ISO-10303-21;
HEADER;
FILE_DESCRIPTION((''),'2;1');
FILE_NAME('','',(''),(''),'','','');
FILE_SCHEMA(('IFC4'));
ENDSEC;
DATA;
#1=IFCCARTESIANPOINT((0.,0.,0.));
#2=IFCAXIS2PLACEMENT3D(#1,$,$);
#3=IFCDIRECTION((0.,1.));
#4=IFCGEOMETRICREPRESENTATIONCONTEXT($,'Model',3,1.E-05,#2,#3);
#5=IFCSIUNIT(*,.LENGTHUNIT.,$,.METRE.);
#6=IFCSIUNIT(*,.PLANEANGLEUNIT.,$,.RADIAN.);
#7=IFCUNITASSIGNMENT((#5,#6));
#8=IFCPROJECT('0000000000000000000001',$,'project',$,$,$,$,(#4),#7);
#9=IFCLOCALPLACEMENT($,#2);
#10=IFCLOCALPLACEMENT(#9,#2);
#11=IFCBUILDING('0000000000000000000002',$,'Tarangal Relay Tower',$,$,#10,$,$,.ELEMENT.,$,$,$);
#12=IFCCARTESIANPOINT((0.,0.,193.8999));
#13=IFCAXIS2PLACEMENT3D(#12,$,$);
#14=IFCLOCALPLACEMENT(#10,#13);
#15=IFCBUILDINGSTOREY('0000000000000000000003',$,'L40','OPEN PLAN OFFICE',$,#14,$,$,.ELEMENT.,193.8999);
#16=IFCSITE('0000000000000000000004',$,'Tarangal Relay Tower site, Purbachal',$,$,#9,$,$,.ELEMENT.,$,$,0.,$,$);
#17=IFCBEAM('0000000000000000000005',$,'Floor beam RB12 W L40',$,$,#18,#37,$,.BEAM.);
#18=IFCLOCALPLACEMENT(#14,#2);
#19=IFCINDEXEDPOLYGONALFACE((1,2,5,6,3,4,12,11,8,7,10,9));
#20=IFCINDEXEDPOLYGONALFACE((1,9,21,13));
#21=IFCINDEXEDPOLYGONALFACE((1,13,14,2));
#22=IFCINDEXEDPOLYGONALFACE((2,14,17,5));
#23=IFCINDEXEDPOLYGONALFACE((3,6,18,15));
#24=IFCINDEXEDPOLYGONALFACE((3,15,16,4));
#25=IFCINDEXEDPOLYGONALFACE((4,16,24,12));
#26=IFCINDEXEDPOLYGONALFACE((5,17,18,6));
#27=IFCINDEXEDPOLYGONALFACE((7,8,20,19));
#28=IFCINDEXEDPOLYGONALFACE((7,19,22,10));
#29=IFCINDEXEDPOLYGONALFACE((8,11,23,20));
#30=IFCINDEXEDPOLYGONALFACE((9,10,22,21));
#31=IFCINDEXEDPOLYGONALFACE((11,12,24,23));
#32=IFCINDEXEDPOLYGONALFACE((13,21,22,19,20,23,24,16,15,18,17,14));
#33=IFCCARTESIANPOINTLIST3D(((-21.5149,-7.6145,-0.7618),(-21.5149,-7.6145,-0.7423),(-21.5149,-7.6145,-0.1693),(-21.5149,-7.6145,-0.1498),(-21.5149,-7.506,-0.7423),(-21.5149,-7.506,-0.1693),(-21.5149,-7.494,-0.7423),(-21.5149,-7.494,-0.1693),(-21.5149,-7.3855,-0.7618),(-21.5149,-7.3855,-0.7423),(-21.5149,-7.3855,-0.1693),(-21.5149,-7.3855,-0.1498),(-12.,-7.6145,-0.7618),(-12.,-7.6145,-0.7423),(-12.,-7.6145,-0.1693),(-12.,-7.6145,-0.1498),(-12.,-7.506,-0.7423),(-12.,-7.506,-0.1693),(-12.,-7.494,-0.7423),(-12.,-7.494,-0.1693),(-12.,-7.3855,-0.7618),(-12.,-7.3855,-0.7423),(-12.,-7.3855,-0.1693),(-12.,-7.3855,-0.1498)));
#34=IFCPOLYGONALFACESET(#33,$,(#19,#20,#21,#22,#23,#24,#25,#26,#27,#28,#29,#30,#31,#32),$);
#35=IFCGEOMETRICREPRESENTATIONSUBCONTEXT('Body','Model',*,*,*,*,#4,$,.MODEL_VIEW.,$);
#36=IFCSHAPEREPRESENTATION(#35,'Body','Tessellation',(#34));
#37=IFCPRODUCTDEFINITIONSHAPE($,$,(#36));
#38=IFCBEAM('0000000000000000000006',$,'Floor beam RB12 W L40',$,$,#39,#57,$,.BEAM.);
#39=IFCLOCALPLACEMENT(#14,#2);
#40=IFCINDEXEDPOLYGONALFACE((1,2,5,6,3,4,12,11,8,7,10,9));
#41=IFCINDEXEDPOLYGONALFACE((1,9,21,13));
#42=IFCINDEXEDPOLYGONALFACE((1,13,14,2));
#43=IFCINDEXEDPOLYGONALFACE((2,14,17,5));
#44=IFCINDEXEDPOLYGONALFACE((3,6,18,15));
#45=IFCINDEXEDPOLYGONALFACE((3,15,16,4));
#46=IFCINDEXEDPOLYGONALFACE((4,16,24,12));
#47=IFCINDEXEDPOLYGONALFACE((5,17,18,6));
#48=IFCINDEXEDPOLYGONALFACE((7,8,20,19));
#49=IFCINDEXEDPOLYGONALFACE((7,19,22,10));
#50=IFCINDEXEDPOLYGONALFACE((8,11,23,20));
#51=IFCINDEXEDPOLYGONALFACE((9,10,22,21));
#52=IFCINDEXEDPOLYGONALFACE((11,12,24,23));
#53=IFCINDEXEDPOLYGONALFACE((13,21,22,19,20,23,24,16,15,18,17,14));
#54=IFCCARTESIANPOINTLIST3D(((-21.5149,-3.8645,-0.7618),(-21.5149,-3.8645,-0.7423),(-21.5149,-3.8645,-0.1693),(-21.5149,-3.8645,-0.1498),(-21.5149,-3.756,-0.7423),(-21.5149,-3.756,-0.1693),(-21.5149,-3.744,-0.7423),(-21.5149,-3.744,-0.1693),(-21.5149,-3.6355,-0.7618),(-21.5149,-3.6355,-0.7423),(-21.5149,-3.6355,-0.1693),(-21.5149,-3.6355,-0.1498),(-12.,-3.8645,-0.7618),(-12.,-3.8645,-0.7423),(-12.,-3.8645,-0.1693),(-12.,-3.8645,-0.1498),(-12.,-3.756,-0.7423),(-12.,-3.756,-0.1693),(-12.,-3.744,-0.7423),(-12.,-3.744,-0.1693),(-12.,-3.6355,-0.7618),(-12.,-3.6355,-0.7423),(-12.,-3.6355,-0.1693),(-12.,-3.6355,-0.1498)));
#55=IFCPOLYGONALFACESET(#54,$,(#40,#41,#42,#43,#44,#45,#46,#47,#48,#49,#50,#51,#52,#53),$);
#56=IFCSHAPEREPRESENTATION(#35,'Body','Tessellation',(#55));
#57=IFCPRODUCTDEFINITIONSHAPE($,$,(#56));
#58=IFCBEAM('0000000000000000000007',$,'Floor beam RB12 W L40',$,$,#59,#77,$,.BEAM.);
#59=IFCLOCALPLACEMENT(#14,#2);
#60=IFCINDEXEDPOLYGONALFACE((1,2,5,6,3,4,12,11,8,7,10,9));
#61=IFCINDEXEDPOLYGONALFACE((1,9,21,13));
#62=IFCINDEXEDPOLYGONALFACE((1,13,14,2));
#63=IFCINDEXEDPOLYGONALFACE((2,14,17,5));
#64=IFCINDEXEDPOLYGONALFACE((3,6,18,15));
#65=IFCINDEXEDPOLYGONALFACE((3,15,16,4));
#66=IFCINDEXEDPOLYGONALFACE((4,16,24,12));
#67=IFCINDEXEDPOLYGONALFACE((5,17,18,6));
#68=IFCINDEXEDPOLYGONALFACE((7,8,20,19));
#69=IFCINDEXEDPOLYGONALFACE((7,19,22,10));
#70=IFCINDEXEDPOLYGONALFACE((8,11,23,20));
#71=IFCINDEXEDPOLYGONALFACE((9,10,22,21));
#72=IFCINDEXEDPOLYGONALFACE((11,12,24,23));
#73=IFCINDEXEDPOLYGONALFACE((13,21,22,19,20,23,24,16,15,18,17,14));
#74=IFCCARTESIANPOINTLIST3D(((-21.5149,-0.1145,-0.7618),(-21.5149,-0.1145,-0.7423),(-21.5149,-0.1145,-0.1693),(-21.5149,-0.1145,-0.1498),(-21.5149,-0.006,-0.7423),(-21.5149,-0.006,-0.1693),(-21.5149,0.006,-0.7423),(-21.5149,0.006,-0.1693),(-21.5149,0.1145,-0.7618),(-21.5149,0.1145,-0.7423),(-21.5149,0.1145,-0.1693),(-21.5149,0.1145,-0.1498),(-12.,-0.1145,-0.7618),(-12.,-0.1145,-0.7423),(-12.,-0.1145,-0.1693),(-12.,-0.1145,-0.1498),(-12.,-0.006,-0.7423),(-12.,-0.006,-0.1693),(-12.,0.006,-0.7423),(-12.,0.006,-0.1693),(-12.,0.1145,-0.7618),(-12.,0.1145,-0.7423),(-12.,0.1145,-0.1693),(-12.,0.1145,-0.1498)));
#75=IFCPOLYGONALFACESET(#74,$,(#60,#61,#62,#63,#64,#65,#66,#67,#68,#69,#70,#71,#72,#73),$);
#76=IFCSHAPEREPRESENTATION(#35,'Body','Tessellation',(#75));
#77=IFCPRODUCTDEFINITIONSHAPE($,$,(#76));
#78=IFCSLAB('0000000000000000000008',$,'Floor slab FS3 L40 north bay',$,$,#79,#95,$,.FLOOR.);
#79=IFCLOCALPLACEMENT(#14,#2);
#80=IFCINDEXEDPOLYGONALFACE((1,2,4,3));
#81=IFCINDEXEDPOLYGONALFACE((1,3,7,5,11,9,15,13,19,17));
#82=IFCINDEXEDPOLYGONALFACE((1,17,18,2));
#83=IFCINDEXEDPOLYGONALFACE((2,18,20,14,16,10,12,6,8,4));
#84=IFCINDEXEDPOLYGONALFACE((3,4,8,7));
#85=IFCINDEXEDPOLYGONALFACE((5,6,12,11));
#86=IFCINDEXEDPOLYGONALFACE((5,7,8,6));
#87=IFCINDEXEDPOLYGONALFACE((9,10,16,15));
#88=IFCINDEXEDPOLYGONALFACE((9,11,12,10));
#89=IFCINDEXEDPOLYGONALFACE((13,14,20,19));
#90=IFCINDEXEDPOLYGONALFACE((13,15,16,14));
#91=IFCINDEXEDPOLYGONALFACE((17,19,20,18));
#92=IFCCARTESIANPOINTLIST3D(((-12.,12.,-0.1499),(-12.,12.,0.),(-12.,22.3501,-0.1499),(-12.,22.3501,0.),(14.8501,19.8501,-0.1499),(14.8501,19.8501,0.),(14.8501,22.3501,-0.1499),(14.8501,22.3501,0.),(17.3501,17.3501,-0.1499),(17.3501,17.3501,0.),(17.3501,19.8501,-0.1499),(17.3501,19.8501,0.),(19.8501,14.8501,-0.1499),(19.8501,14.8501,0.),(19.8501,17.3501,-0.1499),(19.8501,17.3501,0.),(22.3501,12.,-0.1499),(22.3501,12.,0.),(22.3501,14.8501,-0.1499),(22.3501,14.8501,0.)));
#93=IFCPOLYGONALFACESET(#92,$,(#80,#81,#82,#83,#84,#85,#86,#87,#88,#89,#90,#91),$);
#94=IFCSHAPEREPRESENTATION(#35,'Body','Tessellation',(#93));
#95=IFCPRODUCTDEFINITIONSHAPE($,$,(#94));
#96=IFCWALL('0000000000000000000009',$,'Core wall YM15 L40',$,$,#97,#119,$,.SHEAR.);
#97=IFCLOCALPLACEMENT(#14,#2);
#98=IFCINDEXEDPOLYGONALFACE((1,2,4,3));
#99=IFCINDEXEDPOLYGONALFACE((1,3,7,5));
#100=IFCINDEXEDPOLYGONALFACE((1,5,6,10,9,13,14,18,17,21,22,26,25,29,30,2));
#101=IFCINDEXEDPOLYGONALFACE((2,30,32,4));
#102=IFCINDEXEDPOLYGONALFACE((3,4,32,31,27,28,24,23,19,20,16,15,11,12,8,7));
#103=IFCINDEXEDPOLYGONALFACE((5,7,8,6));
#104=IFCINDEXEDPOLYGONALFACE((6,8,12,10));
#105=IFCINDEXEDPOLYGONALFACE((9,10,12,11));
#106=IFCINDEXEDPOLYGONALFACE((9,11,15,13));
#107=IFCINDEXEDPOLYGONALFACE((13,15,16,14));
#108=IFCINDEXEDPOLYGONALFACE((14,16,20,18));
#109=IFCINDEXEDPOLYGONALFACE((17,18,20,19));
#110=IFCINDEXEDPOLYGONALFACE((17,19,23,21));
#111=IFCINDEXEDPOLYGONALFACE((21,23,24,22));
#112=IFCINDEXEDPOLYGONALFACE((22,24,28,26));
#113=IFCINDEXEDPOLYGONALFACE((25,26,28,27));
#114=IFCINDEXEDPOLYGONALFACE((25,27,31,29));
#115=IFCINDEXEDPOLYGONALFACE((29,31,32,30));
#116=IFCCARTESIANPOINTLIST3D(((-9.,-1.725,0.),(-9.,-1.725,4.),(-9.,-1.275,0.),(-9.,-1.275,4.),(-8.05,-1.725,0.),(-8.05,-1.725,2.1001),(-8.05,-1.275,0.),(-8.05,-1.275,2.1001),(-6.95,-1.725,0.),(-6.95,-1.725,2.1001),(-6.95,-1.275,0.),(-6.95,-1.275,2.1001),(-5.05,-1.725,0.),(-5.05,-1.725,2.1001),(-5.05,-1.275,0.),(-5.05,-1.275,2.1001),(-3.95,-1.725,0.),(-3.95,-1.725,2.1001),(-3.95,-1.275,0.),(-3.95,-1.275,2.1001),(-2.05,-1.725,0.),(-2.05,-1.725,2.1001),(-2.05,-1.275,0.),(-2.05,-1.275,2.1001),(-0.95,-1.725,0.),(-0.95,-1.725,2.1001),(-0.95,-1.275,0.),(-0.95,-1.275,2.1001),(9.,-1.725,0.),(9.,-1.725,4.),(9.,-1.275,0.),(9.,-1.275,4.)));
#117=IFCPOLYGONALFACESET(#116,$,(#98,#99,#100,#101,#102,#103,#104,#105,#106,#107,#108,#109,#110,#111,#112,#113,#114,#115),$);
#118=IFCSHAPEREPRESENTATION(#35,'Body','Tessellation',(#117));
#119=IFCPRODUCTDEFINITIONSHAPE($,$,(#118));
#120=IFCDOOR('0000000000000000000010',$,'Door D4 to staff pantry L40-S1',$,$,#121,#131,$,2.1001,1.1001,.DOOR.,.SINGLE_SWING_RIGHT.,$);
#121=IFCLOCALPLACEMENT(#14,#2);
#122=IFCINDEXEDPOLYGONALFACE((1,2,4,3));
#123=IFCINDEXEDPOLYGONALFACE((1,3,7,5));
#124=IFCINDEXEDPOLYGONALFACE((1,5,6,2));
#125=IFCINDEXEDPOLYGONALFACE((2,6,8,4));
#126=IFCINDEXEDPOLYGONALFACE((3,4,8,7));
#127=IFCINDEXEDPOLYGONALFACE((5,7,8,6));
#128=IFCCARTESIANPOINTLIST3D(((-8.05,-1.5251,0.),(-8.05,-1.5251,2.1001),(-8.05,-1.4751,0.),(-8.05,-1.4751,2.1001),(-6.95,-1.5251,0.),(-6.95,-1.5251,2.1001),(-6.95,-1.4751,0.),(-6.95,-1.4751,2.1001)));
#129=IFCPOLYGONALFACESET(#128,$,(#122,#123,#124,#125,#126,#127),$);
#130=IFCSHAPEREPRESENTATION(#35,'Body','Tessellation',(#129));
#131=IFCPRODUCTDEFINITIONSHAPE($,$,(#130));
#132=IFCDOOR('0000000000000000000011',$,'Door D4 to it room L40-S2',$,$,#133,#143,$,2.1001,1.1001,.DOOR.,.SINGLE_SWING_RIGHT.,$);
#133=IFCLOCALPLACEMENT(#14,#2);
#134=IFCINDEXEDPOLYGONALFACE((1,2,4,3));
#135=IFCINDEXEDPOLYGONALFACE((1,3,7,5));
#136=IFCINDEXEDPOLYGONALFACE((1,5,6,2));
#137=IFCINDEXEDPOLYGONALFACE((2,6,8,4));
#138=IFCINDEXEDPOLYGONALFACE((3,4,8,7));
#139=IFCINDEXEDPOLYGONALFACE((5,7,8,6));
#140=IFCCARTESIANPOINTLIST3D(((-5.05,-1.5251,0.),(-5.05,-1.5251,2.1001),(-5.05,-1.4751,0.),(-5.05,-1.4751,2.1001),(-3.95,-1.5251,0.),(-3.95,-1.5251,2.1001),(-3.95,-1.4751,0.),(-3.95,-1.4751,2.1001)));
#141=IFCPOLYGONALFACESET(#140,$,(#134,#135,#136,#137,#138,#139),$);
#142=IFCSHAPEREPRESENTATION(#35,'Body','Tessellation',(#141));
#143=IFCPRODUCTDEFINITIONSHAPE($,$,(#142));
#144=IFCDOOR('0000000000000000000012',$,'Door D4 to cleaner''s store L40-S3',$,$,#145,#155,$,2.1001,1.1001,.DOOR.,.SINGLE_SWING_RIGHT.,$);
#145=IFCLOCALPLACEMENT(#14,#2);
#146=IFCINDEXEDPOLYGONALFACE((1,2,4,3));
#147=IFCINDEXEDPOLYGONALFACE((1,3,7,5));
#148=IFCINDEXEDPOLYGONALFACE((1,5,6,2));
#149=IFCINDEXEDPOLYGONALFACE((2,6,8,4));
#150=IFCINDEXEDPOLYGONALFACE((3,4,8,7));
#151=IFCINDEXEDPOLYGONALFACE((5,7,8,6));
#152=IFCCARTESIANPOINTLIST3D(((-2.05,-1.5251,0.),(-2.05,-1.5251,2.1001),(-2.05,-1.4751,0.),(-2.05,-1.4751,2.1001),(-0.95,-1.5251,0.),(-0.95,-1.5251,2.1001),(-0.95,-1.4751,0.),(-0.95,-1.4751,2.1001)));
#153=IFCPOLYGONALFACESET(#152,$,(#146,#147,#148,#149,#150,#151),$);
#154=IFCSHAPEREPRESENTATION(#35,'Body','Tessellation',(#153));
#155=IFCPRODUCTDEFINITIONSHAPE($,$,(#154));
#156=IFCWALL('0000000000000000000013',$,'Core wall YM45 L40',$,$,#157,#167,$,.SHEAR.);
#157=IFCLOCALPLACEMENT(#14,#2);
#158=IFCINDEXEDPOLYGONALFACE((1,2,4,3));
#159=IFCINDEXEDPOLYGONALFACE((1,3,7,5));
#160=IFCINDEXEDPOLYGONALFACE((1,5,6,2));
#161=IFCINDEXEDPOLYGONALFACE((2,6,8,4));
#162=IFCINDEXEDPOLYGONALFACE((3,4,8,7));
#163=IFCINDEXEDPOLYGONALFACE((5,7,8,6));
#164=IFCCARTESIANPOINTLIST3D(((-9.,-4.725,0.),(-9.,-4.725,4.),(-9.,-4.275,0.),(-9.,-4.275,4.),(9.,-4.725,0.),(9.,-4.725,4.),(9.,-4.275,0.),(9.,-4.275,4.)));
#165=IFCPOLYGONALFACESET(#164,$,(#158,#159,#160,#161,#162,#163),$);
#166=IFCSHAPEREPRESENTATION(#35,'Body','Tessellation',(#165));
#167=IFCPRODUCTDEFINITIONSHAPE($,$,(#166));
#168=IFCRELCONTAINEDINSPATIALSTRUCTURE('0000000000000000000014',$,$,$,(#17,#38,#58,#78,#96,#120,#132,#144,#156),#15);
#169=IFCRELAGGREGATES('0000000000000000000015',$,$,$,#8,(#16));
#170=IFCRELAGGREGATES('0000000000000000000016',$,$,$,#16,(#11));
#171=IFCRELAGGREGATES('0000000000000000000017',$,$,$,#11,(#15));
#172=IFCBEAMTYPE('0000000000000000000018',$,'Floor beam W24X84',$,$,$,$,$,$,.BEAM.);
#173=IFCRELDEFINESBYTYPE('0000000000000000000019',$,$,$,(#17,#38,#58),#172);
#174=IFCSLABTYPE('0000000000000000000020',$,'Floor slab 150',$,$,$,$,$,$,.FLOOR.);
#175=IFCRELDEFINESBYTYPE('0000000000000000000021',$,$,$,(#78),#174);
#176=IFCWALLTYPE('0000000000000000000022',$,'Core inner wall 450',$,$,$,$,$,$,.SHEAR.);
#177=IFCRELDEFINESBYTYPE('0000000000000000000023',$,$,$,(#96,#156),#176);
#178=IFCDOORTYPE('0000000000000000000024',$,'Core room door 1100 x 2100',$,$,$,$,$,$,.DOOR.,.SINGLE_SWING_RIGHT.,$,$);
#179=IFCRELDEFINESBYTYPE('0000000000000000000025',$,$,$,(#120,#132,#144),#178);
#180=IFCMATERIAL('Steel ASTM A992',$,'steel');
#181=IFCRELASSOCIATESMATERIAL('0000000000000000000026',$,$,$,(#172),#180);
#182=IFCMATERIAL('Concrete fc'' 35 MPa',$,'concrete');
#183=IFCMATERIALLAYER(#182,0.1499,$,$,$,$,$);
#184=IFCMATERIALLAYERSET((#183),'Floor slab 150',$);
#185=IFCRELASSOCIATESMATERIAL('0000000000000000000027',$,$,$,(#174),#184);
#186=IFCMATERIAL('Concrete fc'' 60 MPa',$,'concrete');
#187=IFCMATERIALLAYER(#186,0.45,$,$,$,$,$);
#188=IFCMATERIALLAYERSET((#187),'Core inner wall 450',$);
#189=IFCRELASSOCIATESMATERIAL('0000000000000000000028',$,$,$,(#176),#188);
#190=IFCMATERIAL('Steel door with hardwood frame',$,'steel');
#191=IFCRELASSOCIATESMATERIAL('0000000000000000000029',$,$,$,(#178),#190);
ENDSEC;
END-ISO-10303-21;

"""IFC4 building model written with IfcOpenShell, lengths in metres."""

from ifc_helpers import new_model, si_unit, direction, frame, frame_2d, origin, origin_2d, place, context, subcontext, project, spatial, polyline, rectangle, i_section, outline, extrude, material, layer, layer_set, material_profile, profile_set, type_object, element, fill, save


model = new_model("IFC4")

# Units and contexts
model_context = context("Model", 3, precision=1e-05, world=origin(), true_north=direction((0.0, 1.0)))
body_context = subcontext(model_context, "Body", "Model", "MODEL_VIEW")
ifc_project = project(units=[si_unit("LENGTHUNIT", "METRE"), si_unit("PLANEANGLEUNIT", "RADIAN")], contexts=[model_context])

# Site, building, storey
site_placement = place(None, origin())
site = spatial("IfcSite", under=ifc_project, at=site_placement, Name="Tarangal Relay Tower site, Purbachal", CompositionType="ELEMENT", RefElevation=0.0)
building_placement = place(site_placement, origin())
building = spatial("IfcBuilding", under=site, at=building_placement, Name="Tarangal Relay Tower", CompositionType="ELEMENT")
storey_placement = place(building_placement, frame((0.0, 0.0, 193.8999)))
storey = spatial("IfcBuildingStorey", under=building, at=storey_placement, Name="L40", Description="OPEN PLAN OFFICE", CompositionType="ELEMENT", Elevation=193.8999)

# Beams
ifc_material_1 = material(Name="Steel ASTM A992", Category="steel")
ifc_material_profile = material_profile(ifc_material_1, i_section(OverallWidth=0.229, OverallDepth=0.6121, WebThickness=0.012, FlangeThickness=0.0195, at=origin_2d()), Name="W24X84")
ifc_profile_set = profile_set([ifc_material_profile], Name="Steel ASTM A992")
beam_type = type_object("IfcBeamType", Name="Floor beam W24X84", PredefinedType="BEAM", material=ifc_profile_set)
for number, where, z_axis, x_axis, name in (
    (1, (-12.0, -7.5, -0.4558), (-1.0, 0.0, 0.0), (0.0, -1.0, 0.0), "Floor beam RB12 W L40"),
    (2, (-12.0, -3.75, -0.4558), (-1.0, 0.0, 0.0), (0.0, -1.0, 0.0), "Floor beam RB12 W L40"),
    (3, (-12.0, 0.0, -0.4558), (-1.0, 0.0, 0.0), (0.0, -1.0, 0.0), "Floor beam RB12 W L40"),
):
    element("IfcBeam", number, at=place(storey_placement, frame(where, z_axis=z_axis, x_axis=x_axis)), inside=storey, type_object=beam_type, Name=name, PredefinedType="BEAM", context=body_context, shape_type="SweptSolid", body=[
        extrude(i_section(OverallWidth=0.229, OverallDepth=0.6121, WebThickness=0.012, FlangeThickness=0.0195, at=origin_2d()), origin(), (0.0, 0.0, 1.0), 9.5149),
    ])

# Slab
ifc_material_2 = material(Name="Concrete fc' 35 MPa", Category="concrete")
ifc_layer_1 = layer(ifc_material_2, 0.1499)
ifc_layer_set_1 = layer_set([ifc_layer_1], Name="Floor slab 150")
slab_type = type_object("IfcSlabType", Name="Floor slab 150", PredefinedType="FLOOR", material=ifc_layer_set_1)
slab_placement = place(storey_placement, frame((0.0, 0.0, -0.1499)))
element("IfcSlab", 4, at=slab_placement, inside=storey, type_object=slab_type, Name="Floor slab FS3 L40 north bay", PredefinedType="FLOOR", context=body_context, shape_type="SweptSolid", body=[
    extrude(outline(polyline([(14.8501, 22.3501), (14.8501, 19.8501), (17.3501, 19.8501), (17.3501, 17.3501), (19.8501, 17.3501), (19.8501, 14.8501), (22.3501, 14.8501), (22.3501, 12.0), (-12.0, 12.0), (-12.0, 22.3501), (14.8501, 22.3501)])), origin(), (0.0, 0.0, 1.0), 0.1499),
])

# Wall, openings, doors
ifc_material_3 = material(Name="Concrete fc' 60 MPa", Category="concrete")
ifc_layer_2 = layer(ifc_material_3, 0.45)
ifc_layer_set_2 = layer_set([ifc_layer_2], Name="Core inner wall 450")
wall_type_1 = type_object("IfcWallType", Name="Core inner wall 450", PredefinedType="SHEAR", material=ifc_layer_set_2)
wall_1_placement = place(storey_placement, frame((-9.0, -1.5, 0.0), z_axis=(0.0, 0.0, 1.0), x_axis=(1.0, 0.0, 0.0)))
wall_1 = element("IfcWall", 5, at=wall_1_placement, inside=storey, type_object=wall_type_1, Name="Core wall YM15 L40", PredefinedType="SHEAR", context=body_context, shape_type="SweptSolid", body=[
    extrude(rectangle(XDim=18.0, YDim=0.45, at=frame_2d((9.0, 0.0))), origin(), (0.0, 0.0, 1.0), 4.0),
])
opening_1_placement = place(wall_1_placement, frame((0.95, 0.0, 0.0)))
opening_1 = element("IfcOpeningElement", 6, at=opening_1_placement, cuts=wall_1, PredefinedType="OPENING", context=body_context, shape_type="SweptSolid", body=[
    extrude(rectangle(XDim=1.1001, YDim=2.1001, at=frame_2d((0.55, 1.05))), frame((0.0, 0.2349, 0.0), z_axis=(0.0, -1.0, 0.0), x_axis=(1.0, 0.0, 0.0)), (0.0, 0.0, 1.0), 0.47),
])
opening_2_placement = place(wall_1_placement, frame((3.95, 0.0, 0.0)))
opening_2 = element("IfcOpeningElement", 7, at=opening_2_placement, cuts=wall_1, PredefinedType="OPENING", context=body_context, shape_type="SweptSolid", body=[
    extrude(rectangle(XDim=1.1001, YDim=2.1001, at=frame_2d((0.55, 1.05))), frame((0.0, 0.2349, 0.0), z_axis=(0.0, -1.0, 0.0), x_axis=(1.0, 0.0, 0.0)), (0.0, 0.0, 1.0), 0.47),
])
opening_3_placement = place(wall_1_placement, frame((6.95, 0.0, 0.0)))
opening_3 = element("IfcOpeningElement", 8, at=opening_3_placement, cuts=wall_1, PredefinedType="OPENING", context=body_context, shape_type="SweptSolid", body=[
    extrude(rectangle(XDim=1.1001, YDim=2.1001, at=frame_2d((0.55, 1.05))), frame((0.0, 0.2349, 0.0), z_axis=(0.0, -1.0, 0.0), x_axis=(1.0, 0.0, 0.0)), (0.0, 0.0, 1.0), 0.47),
])
ifc_material_4 = material(Name="Steel door with hardwood frame", Category="steel")
door_type_1 = type_object("IfcDoorType", Name="Core room door 1100 x 2100", OperationType="SINGLE_SWING_RIGHT", PredefinedType="DOOR", material=ifc_material_4)
door_1_placement = place(opening_1_placement, origin())
door_1 = element("IfcDoor", 9, at=door_1_placement, inside=storey, type_object=door_type_1, Name="Door D4 to staff pantry L40-S1", OperationType="SINGLE_SWING_RIGHT", OverallHeight=2.1001, OverallWidth=1.1001, PredefinedType="DOOR", context=body_context, shape_type="SweptSolid", body=[
    extrude(rectangle(XDim=1.1001, YDim=2.1001, at=frame_2d((0.55, 1.05))), frame((0.0, 0.0249, 0.0), z_axis=(0.0, -1.0, 0.0), x_axis=(1.0, 0.0, 0.0)), (0.0, 0.0, 1.0), 0.05),
])
fill(opening_1, door_1)
door_2_placement = place(opening_2_placement, origin())
door_2 = element("IfcDoor", 10, at=door_2_placement, inside=storey, type_object=door_type_1, Name="Door D4 to it room L40-S2", OperationType="SINGLE_SWING_RIGHT", OverallHeight=2.1001, OverallWidth=1.1001, PredefinedType="DOOR", context=body_context, shape_type="SweptSolid", body=[
    extrude(rectangle(XDim=1.1001, YDim=2.1001, at=frame_2d((0.55, 1.05))), frame((0.0, 0.0249, 0.0), z_axis=(0.0, -1.0, 0.0), x_axis=(1.0, 0.0, 0.0)), (0.0, 0.0, 1.0), 0.05),
])
fill(opening_2, door_2)
door_3_placement = place(opening_3_placement, origin())
door_3 = element("IfcDoor", 11, at=door_3_placement, inside=storey, type_object=door_type_1, Name="Door D4 to cleaner's store L40-S3", OperationType="SINGLE_SWING_RIGHT", OverallHeight=2.1001, OverallWidth=1.1001, PredefinedType="DOOR", context=body_context, shape_type="SweptSolid", body=[
    extrude(rectangle(XDim=1.1001, YDim=2.1001, at=frame_2d((0.55, 1.05))), frame((0.0, 0.0249, 0.0), z_axis=(0.0, -1.0, 0.0), x_axis=(1.0, 0.0, 0.0)), (0.0, 0.0, 1.0), 0.05),
])
fill(opening_3, door_3)

# Wall
wall_2_placement = place(storey_placement, frame((-9.0, -4.5, 0.0), z_axis=(0.0, 0.0, 1.0), x_axis=(1.0, 0.0, 0.0)))
element("IfcWall", 12, at=wall_2_placement, inside=storey, type_object=wall_type_1, Name="Core wall YM45 L40", PredefinedType="SHEAR", context=body_context, shape_type="SweptSolid", body=[
    extrude(rectangle(XDim=18.0, YDim=0.45, at=frame_2d((9.0, 0.0))), origin(), (0.0, 0.0, 1.0), 4.0),
])

save(model, "model.ifc")
